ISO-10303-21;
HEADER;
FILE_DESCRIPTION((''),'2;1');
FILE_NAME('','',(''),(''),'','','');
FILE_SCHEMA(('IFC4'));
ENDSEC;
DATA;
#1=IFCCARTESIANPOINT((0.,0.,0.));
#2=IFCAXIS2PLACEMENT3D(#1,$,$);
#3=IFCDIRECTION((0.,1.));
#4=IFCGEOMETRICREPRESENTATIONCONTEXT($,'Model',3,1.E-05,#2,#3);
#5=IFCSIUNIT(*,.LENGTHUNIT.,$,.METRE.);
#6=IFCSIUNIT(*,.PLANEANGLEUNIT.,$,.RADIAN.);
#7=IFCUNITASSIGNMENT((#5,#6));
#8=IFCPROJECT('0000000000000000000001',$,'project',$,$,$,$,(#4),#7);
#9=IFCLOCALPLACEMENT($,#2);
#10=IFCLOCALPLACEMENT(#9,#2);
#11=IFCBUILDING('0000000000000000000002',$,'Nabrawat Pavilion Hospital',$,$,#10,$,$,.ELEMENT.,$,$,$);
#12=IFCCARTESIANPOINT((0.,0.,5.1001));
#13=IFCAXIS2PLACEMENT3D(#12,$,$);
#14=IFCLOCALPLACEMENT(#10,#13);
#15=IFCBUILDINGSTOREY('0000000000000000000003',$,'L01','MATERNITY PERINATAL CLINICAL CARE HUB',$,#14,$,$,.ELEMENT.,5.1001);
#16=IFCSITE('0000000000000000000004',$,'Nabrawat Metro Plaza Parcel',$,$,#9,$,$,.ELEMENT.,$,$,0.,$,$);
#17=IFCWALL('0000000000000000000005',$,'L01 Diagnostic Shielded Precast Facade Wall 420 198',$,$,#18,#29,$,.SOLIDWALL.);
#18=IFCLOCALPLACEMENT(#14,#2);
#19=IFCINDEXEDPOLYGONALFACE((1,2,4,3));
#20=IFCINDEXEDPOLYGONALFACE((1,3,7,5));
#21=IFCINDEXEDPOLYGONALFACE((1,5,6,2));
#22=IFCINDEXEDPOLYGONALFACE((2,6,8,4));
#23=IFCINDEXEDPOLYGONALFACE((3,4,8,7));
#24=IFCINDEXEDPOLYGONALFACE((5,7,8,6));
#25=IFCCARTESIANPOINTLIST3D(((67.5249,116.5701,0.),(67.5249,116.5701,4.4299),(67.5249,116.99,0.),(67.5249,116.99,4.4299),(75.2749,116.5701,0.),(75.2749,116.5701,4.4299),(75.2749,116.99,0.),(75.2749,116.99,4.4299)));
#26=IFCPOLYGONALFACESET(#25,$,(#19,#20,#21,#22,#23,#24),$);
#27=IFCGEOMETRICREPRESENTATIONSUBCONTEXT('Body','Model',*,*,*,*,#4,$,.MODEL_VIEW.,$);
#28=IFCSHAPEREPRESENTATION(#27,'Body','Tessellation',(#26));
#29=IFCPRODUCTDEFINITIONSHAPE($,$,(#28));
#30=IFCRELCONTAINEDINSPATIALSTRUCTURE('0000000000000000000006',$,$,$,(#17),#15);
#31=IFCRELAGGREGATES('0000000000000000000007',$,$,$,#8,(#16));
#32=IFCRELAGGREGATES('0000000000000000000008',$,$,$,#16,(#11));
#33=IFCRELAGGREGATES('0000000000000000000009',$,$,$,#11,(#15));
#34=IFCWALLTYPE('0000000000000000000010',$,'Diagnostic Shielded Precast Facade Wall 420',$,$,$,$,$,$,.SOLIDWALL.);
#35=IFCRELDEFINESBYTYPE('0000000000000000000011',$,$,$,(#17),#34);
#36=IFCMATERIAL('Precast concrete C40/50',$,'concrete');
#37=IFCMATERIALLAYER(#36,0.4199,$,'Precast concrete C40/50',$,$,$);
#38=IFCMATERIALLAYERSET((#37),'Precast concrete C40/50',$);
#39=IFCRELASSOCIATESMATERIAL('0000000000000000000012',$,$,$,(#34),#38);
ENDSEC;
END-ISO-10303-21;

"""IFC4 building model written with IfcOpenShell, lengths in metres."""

from ifc_helpers import new_model, si_unit, direction, frame, frame_2d, origin, place, context, subcontext, project, spatial, rectangle, extrude, material, layer, layer_set, type_object, element, save


model = new_model("IFC4")

# Units and contexts
model_context = context("Model", 3, precision=1e-05, world=origin(), true_north=direction((0.0, 1.0)))
body_context = subcontext(model_context, "Body", "Model", "MODEL_VIEW")
ifc_project = project(units=[si_unit("LENGTHUNIT", "METRE"), si_unit("PLANEANGLEUNIT", "RADIAN")], contexts=[model_context])

# Site, building, storey
site_placement = place(None, origin())
site = spatial("IfcSite", under=ifc_project, at=site_placement, Name="Nabrawat Metro Plaza Parcel", CompositionType="ELEMENT", RefElevation=0.0)
building_placement = place(site_placement, origin())
building = spatial("IfcBuilding", under=site, at=building_placement, Name="Nabrawat Pavilion Hospital", CompositionType="ELEMENT")
storey_placement = place(building_placement, frame((0.0, 0.0, 5.1001)))
storey = spatial("IfcBuildingStorey", under=building, at=storey_placement, Name="L01", Description="MATERNITY PERINATAL CLINICAL CARE HUB", CompositionType="ELEMENT", Elevation=5.1001)

# Shared definitions
ifc_material_1 = material(Name="Precast concrete C40/50", Category="concrete")
ifc_layer_1 = layer(ifc_material_1, 0.4199, Name="Precast concrete C40/50")
ifc_layer_set_1 = layer_set([ifc_layer_1], Name="Precast concrete C40/50")
wall_type = type_object("IfcWallType", Name="Diagnostic Shielded Precast Facade Wall 420", PredefinedType="SOLIDWALL", material=ifc_layer_set_1)

# Wall
wall_1_placement = place(storey_placement, frame((67.5249, 116.78, 0.0), z_axis=(0.0, 0.0, 1.0), x_axis=(1.0, 0.0, 0.0)))
element("IfcWall", 1, at=wall_1_placement, inside=storey, type_object=wall_type, Name="L01 Diagnostic Shielded Precast Facade Wall 420 198", PredefinedType="SOLIDWALL", context=body_context, shape_type="SweptSolid", body=[
    extrude(rectangle(XDim=7.75, YDim=0.4199, at=frame_2d((3.875, 0.0))), origin(), (0.0, 0.0, 1.0), 4.4299),
])

save(model, "model.ifc")
